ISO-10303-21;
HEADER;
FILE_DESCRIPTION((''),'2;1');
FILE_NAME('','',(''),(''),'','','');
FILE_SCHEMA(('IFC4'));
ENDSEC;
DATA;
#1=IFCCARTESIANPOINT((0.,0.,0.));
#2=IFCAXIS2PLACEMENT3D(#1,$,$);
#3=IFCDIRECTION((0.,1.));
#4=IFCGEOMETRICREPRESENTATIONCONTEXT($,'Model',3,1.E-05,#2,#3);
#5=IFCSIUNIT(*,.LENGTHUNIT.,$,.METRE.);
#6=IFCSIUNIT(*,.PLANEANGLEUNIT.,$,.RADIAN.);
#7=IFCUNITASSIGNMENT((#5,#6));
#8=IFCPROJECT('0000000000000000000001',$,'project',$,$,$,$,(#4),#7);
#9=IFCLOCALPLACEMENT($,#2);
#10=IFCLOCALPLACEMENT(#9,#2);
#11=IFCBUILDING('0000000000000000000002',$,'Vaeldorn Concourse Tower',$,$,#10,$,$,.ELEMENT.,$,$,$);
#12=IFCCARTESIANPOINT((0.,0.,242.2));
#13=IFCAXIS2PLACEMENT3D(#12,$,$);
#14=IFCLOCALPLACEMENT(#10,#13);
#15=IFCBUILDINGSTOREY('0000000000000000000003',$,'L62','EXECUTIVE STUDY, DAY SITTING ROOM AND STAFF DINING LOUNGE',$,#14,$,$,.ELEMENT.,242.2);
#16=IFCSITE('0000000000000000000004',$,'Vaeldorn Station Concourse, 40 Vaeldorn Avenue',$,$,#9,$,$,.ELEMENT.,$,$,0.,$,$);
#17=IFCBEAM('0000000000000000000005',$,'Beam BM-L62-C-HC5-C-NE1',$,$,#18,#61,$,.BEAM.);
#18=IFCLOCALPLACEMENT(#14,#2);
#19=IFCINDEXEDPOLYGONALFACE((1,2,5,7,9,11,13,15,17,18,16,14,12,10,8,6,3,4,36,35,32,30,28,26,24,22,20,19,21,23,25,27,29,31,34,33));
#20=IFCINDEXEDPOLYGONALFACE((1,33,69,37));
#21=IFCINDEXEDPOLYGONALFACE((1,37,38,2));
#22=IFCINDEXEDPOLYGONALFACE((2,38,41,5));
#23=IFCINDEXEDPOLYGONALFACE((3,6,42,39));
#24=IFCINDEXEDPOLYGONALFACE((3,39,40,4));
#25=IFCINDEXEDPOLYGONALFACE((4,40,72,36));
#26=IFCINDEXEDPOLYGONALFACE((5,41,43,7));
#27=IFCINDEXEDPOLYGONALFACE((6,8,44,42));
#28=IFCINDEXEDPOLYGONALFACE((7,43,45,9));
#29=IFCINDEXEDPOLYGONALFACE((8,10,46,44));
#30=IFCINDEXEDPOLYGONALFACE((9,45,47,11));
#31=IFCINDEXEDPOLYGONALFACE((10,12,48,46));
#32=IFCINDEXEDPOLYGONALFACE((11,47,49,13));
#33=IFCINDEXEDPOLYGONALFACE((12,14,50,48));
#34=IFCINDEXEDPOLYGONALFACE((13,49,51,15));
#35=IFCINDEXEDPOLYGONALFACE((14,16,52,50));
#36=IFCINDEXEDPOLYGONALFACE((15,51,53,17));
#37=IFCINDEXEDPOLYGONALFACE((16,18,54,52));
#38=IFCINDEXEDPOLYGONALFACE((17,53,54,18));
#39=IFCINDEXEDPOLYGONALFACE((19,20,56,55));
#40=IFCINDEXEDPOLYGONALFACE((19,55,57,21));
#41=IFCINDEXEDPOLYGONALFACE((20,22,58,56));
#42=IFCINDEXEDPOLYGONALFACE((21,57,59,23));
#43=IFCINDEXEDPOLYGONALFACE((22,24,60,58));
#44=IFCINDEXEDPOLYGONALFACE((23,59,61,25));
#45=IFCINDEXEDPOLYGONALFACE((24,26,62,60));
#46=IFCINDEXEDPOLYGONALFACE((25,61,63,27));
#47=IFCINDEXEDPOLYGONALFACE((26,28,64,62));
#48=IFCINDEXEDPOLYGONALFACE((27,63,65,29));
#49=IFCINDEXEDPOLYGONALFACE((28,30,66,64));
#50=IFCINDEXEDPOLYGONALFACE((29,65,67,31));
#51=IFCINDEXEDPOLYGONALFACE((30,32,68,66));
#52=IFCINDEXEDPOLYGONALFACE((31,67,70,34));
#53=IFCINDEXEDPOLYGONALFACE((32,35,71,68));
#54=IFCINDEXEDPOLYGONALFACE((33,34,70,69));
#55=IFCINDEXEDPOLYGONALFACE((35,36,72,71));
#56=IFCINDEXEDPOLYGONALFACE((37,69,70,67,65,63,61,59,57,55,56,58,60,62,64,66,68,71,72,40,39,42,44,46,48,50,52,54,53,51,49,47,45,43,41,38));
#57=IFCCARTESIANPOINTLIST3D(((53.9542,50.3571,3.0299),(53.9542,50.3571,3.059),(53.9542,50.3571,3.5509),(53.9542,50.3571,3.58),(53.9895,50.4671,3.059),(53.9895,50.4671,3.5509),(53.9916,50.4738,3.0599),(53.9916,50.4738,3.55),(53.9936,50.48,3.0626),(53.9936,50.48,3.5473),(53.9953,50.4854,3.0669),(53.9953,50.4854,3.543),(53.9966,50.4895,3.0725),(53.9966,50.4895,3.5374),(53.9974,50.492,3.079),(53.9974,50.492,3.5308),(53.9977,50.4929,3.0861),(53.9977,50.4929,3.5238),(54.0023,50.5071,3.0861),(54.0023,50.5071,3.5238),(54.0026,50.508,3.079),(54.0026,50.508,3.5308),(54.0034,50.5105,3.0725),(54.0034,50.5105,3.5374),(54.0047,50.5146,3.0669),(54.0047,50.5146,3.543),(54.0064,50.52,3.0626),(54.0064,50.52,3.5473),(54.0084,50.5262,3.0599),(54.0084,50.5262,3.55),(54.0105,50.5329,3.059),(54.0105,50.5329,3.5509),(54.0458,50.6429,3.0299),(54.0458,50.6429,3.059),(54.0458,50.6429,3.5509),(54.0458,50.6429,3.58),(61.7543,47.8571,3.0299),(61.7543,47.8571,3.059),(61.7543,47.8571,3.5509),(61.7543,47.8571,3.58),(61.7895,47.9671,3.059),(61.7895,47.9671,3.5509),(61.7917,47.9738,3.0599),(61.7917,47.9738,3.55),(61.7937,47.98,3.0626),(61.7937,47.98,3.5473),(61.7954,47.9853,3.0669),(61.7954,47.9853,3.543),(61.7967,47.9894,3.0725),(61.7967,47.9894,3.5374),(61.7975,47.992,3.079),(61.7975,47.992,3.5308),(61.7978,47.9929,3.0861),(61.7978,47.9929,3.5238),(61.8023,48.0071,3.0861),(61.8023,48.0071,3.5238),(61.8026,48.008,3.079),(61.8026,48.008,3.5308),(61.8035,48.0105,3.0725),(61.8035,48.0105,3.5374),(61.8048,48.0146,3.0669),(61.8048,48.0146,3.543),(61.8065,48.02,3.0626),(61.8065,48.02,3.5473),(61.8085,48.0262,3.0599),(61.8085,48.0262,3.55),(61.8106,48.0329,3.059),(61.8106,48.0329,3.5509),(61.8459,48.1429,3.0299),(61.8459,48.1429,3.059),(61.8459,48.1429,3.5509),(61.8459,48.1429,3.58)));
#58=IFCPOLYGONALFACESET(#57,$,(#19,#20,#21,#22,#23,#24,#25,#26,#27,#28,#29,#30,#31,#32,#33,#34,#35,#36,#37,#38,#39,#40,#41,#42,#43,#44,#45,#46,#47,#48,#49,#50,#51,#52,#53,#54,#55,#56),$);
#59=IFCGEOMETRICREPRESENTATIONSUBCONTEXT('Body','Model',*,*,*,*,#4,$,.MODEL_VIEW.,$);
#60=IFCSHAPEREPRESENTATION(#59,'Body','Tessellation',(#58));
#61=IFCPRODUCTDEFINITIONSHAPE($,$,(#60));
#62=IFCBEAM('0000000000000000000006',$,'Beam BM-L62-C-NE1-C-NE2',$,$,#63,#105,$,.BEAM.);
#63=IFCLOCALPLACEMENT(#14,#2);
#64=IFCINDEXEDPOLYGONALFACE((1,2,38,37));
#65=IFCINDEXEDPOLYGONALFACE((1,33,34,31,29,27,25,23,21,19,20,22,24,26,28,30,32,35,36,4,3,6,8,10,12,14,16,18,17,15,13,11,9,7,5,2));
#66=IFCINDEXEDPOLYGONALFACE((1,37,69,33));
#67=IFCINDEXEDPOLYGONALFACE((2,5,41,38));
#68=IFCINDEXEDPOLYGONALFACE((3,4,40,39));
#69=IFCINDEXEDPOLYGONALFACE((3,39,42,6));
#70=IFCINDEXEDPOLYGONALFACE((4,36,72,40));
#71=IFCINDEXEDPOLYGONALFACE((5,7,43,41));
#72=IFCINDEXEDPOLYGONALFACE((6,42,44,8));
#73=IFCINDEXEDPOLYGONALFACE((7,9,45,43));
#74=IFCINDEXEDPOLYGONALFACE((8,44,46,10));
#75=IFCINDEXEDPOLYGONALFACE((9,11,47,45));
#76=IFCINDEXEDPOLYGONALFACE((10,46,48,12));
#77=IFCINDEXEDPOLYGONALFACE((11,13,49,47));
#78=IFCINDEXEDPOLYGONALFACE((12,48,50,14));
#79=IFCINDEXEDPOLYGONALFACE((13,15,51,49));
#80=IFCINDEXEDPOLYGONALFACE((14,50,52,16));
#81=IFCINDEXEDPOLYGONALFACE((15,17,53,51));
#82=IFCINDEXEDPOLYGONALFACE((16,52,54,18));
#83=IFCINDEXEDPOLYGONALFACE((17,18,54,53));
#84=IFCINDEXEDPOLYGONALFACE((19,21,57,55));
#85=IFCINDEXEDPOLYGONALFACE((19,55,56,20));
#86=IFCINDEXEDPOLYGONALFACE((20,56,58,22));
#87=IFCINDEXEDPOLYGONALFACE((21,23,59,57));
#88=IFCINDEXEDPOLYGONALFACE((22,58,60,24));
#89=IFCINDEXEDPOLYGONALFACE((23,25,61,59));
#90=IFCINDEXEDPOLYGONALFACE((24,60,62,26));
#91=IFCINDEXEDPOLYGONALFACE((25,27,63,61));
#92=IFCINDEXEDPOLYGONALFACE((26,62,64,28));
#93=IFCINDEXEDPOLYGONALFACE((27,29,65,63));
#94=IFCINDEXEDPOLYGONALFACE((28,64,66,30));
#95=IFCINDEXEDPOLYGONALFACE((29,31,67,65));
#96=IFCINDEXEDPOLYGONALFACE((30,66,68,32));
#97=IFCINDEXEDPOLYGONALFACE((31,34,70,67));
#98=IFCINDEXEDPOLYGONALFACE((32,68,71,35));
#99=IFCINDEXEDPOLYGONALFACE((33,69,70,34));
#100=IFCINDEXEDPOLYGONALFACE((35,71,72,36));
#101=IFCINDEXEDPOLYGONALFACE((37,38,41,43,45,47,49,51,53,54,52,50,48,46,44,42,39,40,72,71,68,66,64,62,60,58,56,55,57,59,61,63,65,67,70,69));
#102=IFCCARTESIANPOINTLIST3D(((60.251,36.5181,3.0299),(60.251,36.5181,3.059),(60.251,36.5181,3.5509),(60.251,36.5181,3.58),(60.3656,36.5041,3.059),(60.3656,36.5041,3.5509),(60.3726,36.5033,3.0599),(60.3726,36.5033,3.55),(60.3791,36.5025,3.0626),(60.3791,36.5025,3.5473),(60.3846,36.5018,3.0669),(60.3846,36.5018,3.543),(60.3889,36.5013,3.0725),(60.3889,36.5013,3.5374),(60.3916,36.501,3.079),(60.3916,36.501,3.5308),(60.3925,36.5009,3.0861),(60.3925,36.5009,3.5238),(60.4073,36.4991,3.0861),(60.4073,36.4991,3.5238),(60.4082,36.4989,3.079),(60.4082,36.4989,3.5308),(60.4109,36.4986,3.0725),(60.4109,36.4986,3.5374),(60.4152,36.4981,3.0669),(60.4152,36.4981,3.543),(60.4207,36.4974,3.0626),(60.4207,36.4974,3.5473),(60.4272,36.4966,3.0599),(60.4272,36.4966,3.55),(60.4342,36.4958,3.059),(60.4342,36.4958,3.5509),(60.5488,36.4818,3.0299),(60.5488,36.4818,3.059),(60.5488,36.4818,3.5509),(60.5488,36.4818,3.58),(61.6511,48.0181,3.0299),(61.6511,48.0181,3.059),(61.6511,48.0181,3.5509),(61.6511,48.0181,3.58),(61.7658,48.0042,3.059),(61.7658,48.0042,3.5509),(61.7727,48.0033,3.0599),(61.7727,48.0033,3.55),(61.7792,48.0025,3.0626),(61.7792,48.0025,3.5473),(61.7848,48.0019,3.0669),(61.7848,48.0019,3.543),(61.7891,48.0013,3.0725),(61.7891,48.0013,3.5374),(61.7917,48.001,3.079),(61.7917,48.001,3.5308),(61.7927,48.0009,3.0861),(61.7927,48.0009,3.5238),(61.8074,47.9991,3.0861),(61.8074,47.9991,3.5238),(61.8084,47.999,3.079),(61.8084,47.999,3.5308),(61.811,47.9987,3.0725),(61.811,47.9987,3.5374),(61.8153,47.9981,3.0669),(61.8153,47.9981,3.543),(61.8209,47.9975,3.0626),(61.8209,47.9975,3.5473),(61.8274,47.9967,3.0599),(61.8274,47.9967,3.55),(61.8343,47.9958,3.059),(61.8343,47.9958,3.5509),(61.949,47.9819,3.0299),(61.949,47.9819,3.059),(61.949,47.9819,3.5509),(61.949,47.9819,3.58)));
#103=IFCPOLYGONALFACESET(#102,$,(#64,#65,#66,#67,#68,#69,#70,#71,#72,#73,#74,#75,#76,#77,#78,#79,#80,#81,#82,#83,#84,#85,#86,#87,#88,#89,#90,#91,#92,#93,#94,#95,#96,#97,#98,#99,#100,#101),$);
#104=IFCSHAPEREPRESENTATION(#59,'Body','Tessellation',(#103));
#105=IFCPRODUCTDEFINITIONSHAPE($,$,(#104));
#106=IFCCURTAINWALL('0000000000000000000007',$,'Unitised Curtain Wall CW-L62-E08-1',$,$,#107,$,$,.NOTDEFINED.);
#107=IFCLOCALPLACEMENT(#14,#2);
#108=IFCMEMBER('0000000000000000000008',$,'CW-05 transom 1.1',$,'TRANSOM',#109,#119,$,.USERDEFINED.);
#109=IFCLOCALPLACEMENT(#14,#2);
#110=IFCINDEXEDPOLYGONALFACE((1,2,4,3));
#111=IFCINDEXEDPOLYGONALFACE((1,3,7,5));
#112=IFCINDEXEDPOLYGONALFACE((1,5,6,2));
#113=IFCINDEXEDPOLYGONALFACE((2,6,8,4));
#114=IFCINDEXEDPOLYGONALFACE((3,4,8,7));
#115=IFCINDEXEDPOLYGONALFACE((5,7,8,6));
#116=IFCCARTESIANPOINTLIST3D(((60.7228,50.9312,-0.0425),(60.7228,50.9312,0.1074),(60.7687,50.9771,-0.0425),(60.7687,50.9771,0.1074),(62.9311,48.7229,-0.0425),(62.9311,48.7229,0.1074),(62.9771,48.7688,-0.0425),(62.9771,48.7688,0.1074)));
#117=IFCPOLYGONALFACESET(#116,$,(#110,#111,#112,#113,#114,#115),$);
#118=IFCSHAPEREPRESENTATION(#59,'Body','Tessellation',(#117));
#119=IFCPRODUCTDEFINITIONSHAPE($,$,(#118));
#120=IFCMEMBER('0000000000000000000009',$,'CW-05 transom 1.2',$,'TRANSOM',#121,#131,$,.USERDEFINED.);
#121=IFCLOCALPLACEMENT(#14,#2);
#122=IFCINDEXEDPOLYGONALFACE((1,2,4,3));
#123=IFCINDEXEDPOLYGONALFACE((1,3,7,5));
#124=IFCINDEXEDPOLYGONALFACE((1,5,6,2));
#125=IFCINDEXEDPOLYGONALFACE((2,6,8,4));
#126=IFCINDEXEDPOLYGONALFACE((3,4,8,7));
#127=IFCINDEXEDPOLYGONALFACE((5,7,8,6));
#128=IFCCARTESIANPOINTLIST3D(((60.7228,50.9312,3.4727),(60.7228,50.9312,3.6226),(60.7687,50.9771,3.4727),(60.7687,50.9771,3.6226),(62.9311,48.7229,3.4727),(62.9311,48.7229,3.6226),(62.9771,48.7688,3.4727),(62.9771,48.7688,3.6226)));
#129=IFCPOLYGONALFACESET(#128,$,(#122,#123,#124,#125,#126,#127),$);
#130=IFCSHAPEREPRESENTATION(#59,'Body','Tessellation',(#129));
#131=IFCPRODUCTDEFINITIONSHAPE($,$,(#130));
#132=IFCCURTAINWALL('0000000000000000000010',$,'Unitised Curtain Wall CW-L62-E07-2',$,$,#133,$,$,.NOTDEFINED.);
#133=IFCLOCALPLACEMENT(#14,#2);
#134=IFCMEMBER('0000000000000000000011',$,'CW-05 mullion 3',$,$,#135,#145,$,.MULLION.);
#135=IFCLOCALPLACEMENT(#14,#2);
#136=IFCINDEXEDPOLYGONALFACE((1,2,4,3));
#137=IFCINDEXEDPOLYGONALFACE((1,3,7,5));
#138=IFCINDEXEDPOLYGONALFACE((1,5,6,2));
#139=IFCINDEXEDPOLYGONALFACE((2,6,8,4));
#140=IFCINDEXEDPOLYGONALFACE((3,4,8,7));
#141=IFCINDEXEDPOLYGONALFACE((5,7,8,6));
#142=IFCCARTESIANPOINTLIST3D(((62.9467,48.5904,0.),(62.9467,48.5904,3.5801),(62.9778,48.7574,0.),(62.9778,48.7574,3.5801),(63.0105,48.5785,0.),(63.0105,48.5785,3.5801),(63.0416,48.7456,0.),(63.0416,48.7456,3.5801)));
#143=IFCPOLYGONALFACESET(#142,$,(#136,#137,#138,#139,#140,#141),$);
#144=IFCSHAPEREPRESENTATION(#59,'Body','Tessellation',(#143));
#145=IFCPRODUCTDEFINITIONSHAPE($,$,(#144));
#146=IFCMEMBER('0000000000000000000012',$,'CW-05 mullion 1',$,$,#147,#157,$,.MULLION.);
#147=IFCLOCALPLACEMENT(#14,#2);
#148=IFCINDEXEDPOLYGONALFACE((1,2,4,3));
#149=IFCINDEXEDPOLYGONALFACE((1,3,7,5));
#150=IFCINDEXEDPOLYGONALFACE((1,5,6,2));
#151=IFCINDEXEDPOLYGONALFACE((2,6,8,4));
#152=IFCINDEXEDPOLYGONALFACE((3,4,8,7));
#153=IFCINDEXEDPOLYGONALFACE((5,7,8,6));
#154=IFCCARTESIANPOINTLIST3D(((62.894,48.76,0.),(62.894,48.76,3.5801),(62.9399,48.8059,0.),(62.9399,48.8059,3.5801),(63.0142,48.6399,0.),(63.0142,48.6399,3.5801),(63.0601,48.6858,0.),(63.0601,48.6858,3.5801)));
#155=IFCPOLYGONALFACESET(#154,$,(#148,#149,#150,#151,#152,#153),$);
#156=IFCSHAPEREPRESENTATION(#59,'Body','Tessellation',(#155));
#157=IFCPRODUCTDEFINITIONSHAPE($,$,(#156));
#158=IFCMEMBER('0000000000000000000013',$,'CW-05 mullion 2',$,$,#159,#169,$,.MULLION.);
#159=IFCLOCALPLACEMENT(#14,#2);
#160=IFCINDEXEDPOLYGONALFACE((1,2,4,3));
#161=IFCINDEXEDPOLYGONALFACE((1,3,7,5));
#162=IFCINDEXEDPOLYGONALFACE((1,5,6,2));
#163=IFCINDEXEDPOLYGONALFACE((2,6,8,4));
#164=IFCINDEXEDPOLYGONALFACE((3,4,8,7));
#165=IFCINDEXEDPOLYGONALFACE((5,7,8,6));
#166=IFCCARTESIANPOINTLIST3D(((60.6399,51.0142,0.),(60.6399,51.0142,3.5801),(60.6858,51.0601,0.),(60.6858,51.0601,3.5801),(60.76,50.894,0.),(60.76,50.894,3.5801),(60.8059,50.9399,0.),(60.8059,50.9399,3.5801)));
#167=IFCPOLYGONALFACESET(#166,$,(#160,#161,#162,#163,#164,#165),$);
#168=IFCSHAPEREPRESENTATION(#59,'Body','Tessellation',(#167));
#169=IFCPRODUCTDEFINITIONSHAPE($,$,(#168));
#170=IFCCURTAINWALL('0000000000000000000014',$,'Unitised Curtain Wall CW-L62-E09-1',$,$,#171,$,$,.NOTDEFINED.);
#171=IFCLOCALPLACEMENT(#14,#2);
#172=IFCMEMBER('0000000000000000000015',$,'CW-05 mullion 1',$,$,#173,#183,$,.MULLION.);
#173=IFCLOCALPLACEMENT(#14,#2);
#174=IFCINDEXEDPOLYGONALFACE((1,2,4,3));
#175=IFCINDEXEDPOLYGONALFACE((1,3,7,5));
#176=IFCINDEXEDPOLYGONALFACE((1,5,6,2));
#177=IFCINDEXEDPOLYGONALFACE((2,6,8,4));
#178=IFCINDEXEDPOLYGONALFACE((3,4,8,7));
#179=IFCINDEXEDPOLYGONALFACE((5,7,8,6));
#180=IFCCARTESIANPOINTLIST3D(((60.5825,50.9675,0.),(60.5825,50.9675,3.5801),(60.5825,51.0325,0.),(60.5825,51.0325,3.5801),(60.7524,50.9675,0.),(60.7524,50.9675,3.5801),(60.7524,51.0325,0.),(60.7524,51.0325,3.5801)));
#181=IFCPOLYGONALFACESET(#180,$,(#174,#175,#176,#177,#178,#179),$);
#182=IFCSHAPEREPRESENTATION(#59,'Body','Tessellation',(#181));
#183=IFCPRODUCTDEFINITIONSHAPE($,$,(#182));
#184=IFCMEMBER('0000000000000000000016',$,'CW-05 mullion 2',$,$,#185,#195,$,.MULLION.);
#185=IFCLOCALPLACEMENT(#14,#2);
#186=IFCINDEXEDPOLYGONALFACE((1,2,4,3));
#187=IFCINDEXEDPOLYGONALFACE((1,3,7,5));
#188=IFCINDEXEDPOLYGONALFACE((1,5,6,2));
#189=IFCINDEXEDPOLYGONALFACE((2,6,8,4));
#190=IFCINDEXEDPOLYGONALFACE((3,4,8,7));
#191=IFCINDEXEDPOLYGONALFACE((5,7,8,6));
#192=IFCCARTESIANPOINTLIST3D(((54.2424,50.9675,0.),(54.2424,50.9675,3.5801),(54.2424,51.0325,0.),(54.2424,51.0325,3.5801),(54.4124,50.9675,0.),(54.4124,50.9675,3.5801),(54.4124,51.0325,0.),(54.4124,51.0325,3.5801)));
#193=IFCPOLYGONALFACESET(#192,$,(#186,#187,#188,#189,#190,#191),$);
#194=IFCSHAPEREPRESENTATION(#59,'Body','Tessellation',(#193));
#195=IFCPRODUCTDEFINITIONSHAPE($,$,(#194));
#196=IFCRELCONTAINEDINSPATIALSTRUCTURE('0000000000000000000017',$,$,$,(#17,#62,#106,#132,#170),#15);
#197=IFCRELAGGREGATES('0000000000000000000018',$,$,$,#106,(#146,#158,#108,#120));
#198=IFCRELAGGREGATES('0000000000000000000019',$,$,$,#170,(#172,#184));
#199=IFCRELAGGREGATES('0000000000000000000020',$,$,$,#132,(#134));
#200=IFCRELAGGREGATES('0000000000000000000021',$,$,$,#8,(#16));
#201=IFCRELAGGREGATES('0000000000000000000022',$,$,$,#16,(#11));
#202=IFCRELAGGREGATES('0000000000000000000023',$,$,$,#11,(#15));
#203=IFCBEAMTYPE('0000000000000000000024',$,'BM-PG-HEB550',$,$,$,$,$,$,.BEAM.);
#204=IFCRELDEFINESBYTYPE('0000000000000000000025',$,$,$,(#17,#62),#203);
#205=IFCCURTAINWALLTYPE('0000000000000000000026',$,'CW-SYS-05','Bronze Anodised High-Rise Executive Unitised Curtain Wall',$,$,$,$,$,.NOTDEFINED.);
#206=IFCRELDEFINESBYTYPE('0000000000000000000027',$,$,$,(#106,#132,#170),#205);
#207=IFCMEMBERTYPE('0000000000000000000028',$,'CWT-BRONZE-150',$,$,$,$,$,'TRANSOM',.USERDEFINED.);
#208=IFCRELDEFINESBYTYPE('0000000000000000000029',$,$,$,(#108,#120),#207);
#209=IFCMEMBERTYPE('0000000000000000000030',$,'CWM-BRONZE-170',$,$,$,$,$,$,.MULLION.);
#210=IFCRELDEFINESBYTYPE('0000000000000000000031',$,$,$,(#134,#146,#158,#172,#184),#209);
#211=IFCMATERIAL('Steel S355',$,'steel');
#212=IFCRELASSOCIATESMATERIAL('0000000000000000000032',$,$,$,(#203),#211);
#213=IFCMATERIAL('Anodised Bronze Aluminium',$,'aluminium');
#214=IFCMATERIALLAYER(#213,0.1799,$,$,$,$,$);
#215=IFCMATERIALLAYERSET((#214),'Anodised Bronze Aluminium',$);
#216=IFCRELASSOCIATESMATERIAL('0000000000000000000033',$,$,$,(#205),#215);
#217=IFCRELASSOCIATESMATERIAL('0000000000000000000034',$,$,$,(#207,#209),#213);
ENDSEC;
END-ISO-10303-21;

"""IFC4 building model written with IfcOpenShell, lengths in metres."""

from ifc_helpers import new_model, si_unit, direction, frame, origin, origin_2d, place, context, subcontext, project, spatial, rectangle, i_section, extrude, source, transform, mapped, material, layer, layer_set, material_profile, profile_set, type_object, element, aggregate, save


model = new_model("IFC4")

# Units and contexts
model_context = context("Model", 3, precision=1e-05, world=origin(), true_north=direction((0.0, 1.0)))
body_context = subcontext(model_context, "Body", "Model", "MODEL_VIEW")
ifc_project = project(units=[si_unit("LENGTHUNIT", "METRE"), si_unit("PLANEANGLEUNIT", "RADIAN")], contexts=[model_context])

# Site, building, storey
site_placement = place(None, origin())
site = spatial("IfcSite", under=ifc_project, at=site_placement, Name="Vaeldorn Station Concourse, 40 Vaeldorn Avenue", CompositionType="ELEMENT", RefElevation=0.0)
building_placement = place(site_placement, origin())
building = spatial("IfcBuilding", under=site, at=building_placement, Name="Vaeldorn Concourse Tower", CompositionType="ELEMENT")
storey_placement = place(building_placement, frame((0.0, 0.0, 242.2)))
storey = spatial("IfcBuildingStorey", under=building, at=storey_placement, Name="L62", Description="EXECUTIVE STUDY, DAY SITTING ROOM AND STAFF DINING LOUNGE", CompositionType="ELEMENT", Elevation=242.2)

# Shared definitions
ifc_material_1 = material(Name="Steel S355", Category="steel")

# Beams
ifc_material_profile_1 = material_profile(ifc_material_1, i_section(OverallWidth=0.3, OverallDepth=0.55, WebThickness=0.0149, FlangeThickness=0.0291, FilletRadius=0.0271, at=origin_2d()), Name="HEB 550")
ifc_profile_set_1 = profile_set([ifc_material_profile_1], Name="Steel S355")
beam_type_1 = type_object("IfcBeamType", Name="BM-PG-HEB550", PredefinedType="BEAM", material=ifc_profile_set_1)
shared_shape_1 = source(origin(), body_context, "Body", "SweptSolid", [
    extrude(i_section(OverallWidth=0.3, OverallDepth=0.55, WebThickness=0.0149, FlangeThickness=0.0291, FilletRadius=0.0271, at=origin_2d()), origin(), (0.0, 0.0, 1.0), 8.1909),
])
beam_1_placement = place(storey_placement, frame((54.0, 50.5, 3.3049), z_axis=(0.952283, -0.305217, 0.0), x_axis=(0.305217, 0.952283, 0.0)))
element("IfcBeam", 1, at=beam_1_placement, inside=storey, type_object=beam_type_1, Name="Beam BM-L62-C-HC5-C-NE1", PredefinedType="BEAM", context=body_context, shape_type="MappedRepresentation", body=[
    mapped(shared_shape_1, transform((0.0, 0.0, 0.0), scale=1.0)),
])
shared_shape_2 = source(origin(), body_context, "Body", "SweptSolid", [
    extrude(i_section(OverallWidth=0.3, OverallDepth=0.55, WebThickness=0.0149, FlangeThickness=0.0291, FilletRadius=0.0271, at=origin_2d()), origin(), (0.0, 0.0, 1.0), 11.585),
])
beam_2_placement = place(storey_placement, frame((61.8, 48.0, 3.3049), z_axis=(-0.120859, -0.99267, 0.0), x_axis=(0.99267, -0.120859, 0.0)))
element("IfcBeam", 2, at=beam_2_placement, inside=storey, type_object=beam_type_1, Name="Beam BM-L62-C-NE1-C-NE2", PredefinedType="BEAM", context=body_context, shape_type="MappedRepresentation", body=[
    mapped(shared_shape_2, transform((0.0, 0.0, 0.0), scale=1.0)),
])

# Curtain wall, members
ifc_material_2 = material(Name="Anodised Bronze Aluminium", Category="aluminium")
ifc_layer_1 = layer(ifc_material_2, 0.1799)
ifc_layer_set_1 = layer_set([ifc_layer_1], Name="Anodised Bronze Aluminium")
curtain_wall_type = type_object("IfcCurtainWallType", Name="CW-SYS-05", Description="Bronze Anodised High-Rise Executive Unitised Curtain Wall", PredefinedType="NOTDEFINED", material=ifc_layer_set_1)
curtain_wall_1_placement = place(storey_placement, origin())
curtain_wall_1 = element("IfcCurtainWall", 3, at=curtain_wall_1_placement, inside=storey, type_object=curtain_wall_type, Name="Unitised Curtain Wall CW-L62-E08-1", PredefinedType="NOTDEFINED")
ifc_material_profile_2 = material_profile(ifc_material_2, rectangle(XDim=0.0649, YDim=0.1499, at=origin_2d()), Name="CWT 65x150")
ifc_profile_set_2 = profile_set([ifc_material_profile_2], Name="Anodised Bronze Aluminium")
member_type_1 = type_object("IfcMemberType", Name="CWT-BRONZE-150", ElementType="TRANSOM", PredefinedType="USERDEFINED", material=ifc_profile_set_2)
shared_shape_3 = source(origin(), body_context, "Body", "SweptSolid", [
    extrude(rectangle(XDim=0.0649, YDim=0.1499, at=origin_2d()), origin(), (0.0, 0.0, 1.0), 3.123),
])
member_1_placement = place(storey_placement, frame((62.9541, 48.7458, 0.0325), z_axis=(-0.707107, 0.707107, 0.0), x_axis=(-0.707107, -0.707107, 0.0)))
member_1 = element("IfcMember", 4, at=member_1_placement, type_object=member_type_1, Name="CW-05 transom 1.1", ObjectType="TRANSOM", PredefinedType="USERDEFINED", context=body_context, shape_type="MappedRepresentation", body=[
    mapped(shared_shape_3, transform((0.0, 0.0, 0.0), scale=1.0)),
])
member_2_placement = place(storey_placement, frame((62.9541, 48.7458, 3.5476), z_axis=(-0.707107, 0.707107, 0.0), x_axis=(-0.707107, -0.707107, 0.0)))
member_2 = element("IfcMember", 5, at=member_2_placement, type_object=member_type_1, Name="CW-05 transom 1.2", ObjectType="TRANSOM", PredefinedType="USERDEFINED", context=body_context, shape_type="MappedRepresentation", body=[
    mapped(shared_shape_3, transform((0.0, 0.0, 0.0), scale=1.0)),
])

# Curtain wall, member
curtain_wall_2_placement = place(storey_placement, origin())
curtain_wall_2 = element("IfcCurtainWall", 6, at=curtain_wall_2_placement, inside=storey, type_object=curtain_wall_type, Name="Unitised Curtain Wall CW-L62-E07-2", PredefinedType="NOTDEFINED")
ifc_material_profile_3 = material_profile(ifc_material_2, rectangle(XDim=0.0649, YDim=0.1699, at=origin_2d()), Name="CWM 65x170")
ifc_profile_set_3 = profile_set([ifc_material_profile_3], Name="Anodised Bronze Aluminium")
member_type_2 = type_object("IfcMemberType", Name="CWM-BRONZE-170", PredefinedType="MULLION", material=ifc_profile_set_3)
shared_shape_4 = source(origin(), body_context, "Body", "SweptSolid", [
    extrude(rectangle(XDim=0.0649, YDim=0.1699, at=origin_2d()), origin(), (0.0, 0.0, 1.0), 3.5801),
])
member_3_placement = place(storey_placement, frame((62.9941, 48.668, 0.0), z_axis=(0.0, 0.0, 1.0), x_axis=(-0.983103, 0.183054, 0.0)))
member_3 = element("IfcMember", 7, at=member_3_placement, type_object=member_type_2, Name="CW-05 mullion 3", PredefinedType="MULLION", context=body_context, shape_type="MappedRepresentation", body=[
    mapped(shared_shape_4, transform((0.0, 0.0, 0.0), scale=1.0)),
])

# Members
member_4_placement = place(storey_placement, frame((62.9771, 48.7229, 0.0), z_axis=(0.0, 0.0, 1.0), x_axis=(-0.707107, -0.707107, 0.0)))
member_4 = element("IfcMember", 8, at=member_4_placement, type_object=member_type_2, Name="CW-05 mullion 1", PredefinedType="MULLION", context=body_context, shape_type="MappedRepresentation", body=[
    mapped(shared_shape_4, transform((0.0, 0.0, 0.0), scale=1.0)),
])
member_5_placement = place(storey_placement, frame((60.7229, 50.9771, 0.0), z_axis=(0.0, 0.0, 1.0), x_axis=(-0.707107, -0.707107, 0.0)))
member_5 = element("IfcMember", 9, at=member_5_placement, type_object=member_type_2, Name="CW-05 mullion 2", PredefinedType="MULLION", context=body_context, shape_type="MappedRepresentation", body=[
    mapped(shared_shape_4, transform((0.0, 0.0, 0.0), scale=1.0)),
])

# Curtain wall, members
curtain_wall_3_placement = place(storey_placement, origin())
curtain_wall_3 = element("IfcCurtainWall", 10, at=curtain_wall_3_placement, inside=storey, type_object=curtain_wall_type, Name="Unitised Curtain Wall CW-L62-E09-1", PredefinedType="NOTDEFINED")
member_6_placement = place(storey_placement, frame((60.6675, 51.0, 0.0), z_axis=(0.0, 0.0, 1.0), x_axis=(0.0, -1.0, 0.0)))
member_6 = element("IfcMember", 11, at=member_6_placement, type_object=member_type_2, Name="CW-05 mullion 1", PredefinedType="MULLION", context=body_context, shape_type="MappedRepresentation", body=[
    mapped(shared_shape_4, transform((0.0, 0.0, 0.0), scale=1.0)),
])
member_7_placement = place(storey_placement, frame((54.3274, 51.0, 0.0), z_axis=(0.0, 0.0, 1.0), x_axis=(0.0, -1.0, 0.0)))
member_7 = element("IfcMember", 12, at=member_7_placement, type_object=member_type_2, Name="CW-05 mullion 2", PredefinedType="MULLION", context=body_context, shape_type="MappedRepresentation", body=[
    mapped(shared_shape_4, transform((0.0, 0.0, 0.0), scale=1.0)),
])

aggregate(curtain_wall_1, [member_4, member_5, member_1, member_2])
aggregate(curtain_wall_3, [member_6, member_7])
aggregate(curtain_wall_2, [member_3])

save(model, "model.ifc")
